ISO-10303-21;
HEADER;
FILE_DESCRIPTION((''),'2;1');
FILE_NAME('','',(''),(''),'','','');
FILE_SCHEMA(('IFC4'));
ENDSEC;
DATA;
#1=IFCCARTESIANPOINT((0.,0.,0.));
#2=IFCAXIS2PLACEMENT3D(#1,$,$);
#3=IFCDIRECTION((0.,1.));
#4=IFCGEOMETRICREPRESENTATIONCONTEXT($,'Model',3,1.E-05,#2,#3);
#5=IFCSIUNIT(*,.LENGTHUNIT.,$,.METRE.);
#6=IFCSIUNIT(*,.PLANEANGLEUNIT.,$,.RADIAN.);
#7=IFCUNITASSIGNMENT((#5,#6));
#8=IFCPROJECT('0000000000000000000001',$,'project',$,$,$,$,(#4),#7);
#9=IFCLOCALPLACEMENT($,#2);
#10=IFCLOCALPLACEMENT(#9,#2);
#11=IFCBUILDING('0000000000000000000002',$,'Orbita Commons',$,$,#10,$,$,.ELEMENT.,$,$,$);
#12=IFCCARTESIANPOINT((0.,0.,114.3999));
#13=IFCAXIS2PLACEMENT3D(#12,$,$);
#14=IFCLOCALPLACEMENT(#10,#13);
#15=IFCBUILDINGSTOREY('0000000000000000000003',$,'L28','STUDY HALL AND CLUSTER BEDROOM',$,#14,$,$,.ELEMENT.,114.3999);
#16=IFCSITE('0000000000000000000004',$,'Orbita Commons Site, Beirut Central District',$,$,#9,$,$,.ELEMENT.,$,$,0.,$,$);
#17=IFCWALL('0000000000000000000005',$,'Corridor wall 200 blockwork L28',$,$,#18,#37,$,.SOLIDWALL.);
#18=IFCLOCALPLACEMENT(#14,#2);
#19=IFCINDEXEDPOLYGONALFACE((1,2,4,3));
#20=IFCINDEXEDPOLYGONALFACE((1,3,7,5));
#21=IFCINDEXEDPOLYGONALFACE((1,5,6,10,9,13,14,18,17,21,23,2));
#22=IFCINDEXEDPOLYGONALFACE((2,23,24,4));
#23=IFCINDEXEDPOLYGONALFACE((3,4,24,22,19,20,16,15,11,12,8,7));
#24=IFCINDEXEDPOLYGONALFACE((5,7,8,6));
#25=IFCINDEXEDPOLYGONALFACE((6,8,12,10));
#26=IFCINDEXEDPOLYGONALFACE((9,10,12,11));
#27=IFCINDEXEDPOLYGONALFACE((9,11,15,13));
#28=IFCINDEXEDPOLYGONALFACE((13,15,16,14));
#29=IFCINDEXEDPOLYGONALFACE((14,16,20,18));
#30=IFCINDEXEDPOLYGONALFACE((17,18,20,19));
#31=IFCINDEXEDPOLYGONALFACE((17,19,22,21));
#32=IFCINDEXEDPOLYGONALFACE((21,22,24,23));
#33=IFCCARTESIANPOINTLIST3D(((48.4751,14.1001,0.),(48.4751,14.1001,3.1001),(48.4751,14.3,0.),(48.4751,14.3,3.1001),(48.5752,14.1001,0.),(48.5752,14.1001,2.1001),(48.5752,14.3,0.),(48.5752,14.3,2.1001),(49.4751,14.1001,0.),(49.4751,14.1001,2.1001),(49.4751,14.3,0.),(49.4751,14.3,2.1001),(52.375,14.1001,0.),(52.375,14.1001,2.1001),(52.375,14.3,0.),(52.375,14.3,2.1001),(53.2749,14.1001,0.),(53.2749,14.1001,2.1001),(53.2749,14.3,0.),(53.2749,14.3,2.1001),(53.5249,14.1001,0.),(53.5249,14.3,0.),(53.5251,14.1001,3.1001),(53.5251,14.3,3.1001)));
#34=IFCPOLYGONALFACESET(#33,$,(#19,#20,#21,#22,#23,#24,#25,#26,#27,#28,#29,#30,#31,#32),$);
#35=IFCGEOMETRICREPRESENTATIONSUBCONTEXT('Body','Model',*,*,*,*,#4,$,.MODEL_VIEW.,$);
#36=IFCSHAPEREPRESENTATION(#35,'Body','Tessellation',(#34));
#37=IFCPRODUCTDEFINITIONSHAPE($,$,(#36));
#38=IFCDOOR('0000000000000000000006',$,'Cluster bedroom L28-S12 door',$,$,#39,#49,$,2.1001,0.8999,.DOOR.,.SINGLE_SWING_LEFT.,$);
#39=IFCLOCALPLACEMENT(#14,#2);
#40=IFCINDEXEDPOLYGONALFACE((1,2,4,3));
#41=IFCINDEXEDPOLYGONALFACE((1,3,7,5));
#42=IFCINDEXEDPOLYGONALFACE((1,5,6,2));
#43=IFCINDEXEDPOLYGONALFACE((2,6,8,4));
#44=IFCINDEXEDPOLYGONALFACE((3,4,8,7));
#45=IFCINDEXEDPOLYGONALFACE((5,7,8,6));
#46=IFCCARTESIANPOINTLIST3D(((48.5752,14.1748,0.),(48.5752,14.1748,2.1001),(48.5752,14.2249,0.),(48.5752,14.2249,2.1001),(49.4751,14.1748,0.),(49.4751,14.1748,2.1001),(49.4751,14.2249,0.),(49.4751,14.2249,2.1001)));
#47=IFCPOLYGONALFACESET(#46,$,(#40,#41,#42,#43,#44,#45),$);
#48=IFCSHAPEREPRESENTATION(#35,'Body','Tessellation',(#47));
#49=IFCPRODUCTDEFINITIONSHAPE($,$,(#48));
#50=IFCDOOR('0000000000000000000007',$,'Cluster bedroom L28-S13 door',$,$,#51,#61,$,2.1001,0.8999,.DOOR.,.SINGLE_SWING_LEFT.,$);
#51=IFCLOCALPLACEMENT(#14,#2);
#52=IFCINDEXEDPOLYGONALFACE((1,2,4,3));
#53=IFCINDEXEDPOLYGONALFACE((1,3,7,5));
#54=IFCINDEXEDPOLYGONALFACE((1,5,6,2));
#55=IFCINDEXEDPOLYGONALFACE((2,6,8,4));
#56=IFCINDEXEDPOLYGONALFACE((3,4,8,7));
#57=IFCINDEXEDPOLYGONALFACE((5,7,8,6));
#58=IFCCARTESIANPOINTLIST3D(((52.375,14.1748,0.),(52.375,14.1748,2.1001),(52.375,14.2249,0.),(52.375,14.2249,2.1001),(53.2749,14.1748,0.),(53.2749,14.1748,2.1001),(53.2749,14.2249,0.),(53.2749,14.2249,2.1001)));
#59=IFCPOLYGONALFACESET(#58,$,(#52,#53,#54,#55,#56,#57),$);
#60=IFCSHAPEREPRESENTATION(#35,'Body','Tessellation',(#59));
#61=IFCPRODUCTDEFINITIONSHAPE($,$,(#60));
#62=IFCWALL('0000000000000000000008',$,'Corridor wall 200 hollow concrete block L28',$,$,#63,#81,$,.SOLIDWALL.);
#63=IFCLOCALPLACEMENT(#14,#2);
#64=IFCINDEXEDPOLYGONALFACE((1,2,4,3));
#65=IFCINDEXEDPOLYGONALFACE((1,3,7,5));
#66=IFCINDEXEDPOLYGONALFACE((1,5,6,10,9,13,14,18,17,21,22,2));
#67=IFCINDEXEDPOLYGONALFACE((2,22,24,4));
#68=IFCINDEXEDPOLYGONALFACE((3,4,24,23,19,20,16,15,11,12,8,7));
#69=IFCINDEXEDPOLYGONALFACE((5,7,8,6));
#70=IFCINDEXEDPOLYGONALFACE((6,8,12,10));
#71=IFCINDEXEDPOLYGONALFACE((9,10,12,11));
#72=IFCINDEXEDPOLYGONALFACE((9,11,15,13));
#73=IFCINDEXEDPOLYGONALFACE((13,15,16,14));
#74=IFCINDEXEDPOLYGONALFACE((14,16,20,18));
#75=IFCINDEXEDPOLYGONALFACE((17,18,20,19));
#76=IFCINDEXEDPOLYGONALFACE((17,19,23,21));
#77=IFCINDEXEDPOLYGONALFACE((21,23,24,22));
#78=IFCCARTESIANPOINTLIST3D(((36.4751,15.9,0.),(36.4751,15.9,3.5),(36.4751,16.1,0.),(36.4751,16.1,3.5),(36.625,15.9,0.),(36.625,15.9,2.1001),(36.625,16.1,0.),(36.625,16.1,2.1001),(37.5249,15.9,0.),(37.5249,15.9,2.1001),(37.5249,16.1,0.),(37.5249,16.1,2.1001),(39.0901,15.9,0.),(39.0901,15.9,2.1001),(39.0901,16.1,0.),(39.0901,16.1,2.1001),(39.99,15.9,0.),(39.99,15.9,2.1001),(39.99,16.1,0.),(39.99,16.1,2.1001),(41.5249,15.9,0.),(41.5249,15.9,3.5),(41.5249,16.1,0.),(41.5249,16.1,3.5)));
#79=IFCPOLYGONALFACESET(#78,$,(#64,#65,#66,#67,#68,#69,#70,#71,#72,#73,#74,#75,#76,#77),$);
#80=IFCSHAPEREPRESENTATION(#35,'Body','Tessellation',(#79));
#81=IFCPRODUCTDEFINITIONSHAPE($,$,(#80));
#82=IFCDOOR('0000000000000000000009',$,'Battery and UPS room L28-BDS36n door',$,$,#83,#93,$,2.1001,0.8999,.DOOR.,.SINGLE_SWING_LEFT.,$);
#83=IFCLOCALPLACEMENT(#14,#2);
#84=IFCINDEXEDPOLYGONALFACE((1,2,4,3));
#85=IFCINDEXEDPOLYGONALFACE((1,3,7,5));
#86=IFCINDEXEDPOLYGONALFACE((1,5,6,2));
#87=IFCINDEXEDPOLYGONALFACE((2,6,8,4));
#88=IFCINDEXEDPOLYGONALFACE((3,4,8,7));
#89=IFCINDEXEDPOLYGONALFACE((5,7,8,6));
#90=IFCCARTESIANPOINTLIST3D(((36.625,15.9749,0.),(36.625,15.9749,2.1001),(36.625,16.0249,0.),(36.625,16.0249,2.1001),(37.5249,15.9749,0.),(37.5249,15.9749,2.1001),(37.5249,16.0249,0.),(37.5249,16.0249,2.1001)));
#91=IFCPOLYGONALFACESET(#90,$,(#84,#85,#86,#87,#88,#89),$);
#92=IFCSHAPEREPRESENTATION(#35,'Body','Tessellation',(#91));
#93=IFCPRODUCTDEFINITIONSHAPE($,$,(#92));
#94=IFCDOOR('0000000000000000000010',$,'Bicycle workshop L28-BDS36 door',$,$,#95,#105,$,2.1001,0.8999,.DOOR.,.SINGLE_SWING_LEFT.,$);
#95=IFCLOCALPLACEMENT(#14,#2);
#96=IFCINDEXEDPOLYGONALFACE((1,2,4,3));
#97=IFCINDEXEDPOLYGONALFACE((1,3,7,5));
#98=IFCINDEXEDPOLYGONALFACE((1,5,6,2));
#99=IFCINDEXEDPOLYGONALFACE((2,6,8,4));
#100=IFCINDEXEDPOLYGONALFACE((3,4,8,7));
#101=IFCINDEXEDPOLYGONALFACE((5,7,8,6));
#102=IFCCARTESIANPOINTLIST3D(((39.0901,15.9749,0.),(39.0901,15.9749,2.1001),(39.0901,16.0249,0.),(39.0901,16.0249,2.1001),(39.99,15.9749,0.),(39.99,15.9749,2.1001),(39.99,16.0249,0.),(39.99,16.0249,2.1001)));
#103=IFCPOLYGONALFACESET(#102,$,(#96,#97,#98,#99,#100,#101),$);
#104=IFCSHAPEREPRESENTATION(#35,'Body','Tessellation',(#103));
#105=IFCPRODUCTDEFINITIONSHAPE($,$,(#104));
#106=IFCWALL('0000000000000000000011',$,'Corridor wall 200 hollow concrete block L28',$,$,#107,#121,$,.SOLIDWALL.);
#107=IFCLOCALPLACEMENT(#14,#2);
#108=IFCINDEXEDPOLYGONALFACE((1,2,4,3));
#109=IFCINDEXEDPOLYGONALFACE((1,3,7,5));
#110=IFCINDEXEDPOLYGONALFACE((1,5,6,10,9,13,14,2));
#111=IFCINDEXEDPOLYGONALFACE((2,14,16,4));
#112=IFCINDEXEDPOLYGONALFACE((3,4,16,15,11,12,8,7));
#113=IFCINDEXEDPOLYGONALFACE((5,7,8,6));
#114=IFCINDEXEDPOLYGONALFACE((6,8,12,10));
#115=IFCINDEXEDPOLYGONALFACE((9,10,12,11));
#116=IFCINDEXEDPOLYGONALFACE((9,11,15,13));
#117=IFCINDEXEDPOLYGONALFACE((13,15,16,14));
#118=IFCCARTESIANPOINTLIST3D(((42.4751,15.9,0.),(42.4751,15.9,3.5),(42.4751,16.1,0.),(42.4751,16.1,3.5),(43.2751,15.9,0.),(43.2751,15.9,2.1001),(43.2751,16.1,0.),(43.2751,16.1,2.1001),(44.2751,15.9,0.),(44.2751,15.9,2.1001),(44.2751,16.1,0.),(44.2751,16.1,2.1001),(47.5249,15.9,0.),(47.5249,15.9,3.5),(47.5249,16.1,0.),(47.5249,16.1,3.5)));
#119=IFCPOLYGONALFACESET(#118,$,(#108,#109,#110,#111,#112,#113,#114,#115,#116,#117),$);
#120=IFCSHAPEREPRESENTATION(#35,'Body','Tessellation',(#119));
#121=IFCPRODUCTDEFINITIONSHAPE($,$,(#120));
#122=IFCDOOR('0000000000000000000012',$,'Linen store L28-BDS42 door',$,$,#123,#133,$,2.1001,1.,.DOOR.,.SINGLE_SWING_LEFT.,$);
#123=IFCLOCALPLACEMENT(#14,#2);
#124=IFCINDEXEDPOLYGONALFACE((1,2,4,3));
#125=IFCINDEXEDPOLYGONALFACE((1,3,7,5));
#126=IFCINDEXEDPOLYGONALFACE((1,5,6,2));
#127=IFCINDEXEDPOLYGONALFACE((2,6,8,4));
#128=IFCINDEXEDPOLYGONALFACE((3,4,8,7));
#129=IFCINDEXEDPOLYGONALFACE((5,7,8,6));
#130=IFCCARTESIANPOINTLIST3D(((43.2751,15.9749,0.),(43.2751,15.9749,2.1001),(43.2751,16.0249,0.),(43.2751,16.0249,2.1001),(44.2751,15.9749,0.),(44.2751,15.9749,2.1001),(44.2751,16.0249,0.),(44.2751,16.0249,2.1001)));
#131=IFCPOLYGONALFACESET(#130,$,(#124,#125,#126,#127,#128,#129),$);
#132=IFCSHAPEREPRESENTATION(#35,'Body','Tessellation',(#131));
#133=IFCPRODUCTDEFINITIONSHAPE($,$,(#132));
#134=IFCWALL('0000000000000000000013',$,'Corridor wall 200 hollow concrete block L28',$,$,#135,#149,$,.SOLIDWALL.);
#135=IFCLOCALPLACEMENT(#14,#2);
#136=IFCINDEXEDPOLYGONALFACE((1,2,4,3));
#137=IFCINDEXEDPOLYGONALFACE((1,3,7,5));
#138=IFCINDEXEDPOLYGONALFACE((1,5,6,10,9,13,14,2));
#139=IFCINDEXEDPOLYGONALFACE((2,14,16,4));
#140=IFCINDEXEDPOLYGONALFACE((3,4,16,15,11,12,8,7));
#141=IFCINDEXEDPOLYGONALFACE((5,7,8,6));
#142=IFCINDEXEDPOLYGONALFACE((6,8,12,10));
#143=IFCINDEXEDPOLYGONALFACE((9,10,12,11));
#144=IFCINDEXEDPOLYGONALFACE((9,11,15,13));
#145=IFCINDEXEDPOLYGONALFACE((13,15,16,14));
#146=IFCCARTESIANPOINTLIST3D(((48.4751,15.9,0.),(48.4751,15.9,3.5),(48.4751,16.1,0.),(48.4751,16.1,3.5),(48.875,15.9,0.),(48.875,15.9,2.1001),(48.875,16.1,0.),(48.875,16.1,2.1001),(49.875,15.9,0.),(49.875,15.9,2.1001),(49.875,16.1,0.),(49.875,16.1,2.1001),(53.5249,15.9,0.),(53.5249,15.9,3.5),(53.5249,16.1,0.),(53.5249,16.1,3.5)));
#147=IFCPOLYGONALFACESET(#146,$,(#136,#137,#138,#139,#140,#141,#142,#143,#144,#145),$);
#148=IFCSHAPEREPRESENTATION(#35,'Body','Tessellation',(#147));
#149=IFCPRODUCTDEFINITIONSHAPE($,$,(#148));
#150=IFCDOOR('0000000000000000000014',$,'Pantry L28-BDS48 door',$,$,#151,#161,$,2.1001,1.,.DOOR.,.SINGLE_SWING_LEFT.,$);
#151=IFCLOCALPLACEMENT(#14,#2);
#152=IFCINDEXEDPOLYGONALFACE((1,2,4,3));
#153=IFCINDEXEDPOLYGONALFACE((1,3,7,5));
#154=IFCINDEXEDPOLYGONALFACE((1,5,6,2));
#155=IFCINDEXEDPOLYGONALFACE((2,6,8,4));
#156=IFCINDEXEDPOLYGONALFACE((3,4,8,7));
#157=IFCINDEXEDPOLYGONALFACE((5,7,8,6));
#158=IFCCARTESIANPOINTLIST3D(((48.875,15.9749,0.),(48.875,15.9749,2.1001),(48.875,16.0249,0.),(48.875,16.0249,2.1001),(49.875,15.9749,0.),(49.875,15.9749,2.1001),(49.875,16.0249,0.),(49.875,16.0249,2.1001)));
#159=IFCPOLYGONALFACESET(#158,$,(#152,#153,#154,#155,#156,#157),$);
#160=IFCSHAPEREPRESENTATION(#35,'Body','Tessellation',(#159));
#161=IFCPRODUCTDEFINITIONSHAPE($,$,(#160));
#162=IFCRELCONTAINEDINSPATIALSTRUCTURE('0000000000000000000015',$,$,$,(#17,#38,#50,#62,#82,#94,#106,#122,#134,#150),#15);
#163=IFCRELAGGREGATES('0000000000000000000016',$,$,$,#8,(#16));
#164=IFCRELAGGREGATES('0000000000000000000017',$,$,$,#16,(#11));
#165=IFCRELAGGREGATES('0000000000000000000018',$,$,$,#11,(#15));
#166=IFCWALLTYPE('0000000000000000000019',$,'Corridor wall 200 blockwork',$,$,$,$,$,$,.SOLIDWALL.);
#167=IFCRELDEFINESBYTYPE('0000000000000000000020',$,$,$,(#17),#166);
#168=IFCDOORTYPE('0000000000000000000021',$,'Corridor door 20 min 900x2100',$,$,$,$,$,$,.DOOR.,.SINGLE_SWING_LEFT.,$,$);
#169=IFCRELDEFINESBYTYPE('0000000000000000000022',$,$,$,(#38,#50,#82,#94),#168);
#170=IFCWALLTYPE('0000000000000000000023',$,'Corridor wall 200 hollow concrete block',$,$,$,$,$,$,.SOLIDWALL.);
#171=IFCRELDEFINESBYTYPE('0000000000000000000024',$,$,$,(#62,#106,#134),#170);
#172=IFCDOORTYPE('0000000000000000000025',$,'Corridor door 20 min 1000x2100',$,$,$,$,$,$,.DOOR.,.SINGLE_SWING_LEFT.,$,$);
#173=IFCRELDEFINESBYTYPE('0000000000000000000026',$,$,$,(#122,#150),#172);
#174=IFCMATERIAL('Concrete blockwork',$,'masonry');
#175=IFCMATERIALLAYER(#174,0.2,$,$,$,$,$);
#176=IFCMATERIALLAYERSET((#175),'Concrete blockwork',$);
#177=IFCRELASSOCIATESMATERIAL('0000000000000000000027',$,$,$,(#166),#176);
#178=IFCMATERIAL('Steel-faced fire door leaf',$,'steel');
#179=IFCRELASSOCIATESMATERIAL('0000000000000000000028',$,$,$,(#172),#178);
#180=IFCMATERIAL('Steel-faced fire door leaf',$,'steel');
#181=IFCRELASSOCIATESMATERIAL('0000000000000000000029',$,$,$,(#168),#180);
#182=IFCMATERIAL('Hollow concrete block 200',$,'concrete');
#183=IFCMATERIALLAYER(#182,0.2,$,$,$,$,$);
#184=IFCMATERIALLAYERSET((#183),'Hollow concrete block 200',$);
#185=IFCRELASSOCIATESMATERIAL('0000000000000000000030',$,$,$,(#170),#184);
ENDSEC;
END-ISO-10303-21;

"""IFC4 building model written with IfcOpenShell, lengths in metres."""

from ifc_helpers import new_model, si_unit, direction, frame, frame_2d, origin, place, context, subcontext, project, spatial, polyline, rectangle, outline, extrude, material, layer, layer_set, type_object, element, fill, save


model = new_model("IFC4")

# Units and contexts
model_context = context("Model", 3, precision=1e-05, world=origin(), true_north=direction((0.0, 1.0)))
body_context = subcontext(model_context, "Body", "Model", "MODEL_VIEW")
ifc_project = project(units=[si_unit("LENGTHUNIT", "METRE"), si_unit("PLANEANGLEUNIT", "RADIAN")], contexts=[model_context])

# Site, building, storey
site_placement = place(None, origin())
site = spatial("IfcSite", under=ifc_project, at=site_placement, Name="Orbita Commons Site, Beirut Central District", CompositionType="ELEMENT", RefElevation=0.0)
building_placement = place(site_placement, origin())
building = spatial("IfcBuilding", under=site, at=building_placement, Name="Orbita Commons", CompositionType="ELEMENT")
storey_placement = place(building_placement, frame((0.0, 0.0, 114.3999)))
storey = spatial("IfcBuildingStorey", under=building, at=storey_placement, Name="L28", Description="STUDY HALL AND CLUSTER BEDROOM", CompositionType="ELEMENT", Elevation=114.3999)

# Shared definitions
ifc_material_1 = material(Name="Concrete blockwork", Category="masonry")
ifc_layer_1 = layer(ifc_material_1, 0.2)
ifc_layer_set_1 = layer_set([ifc_layer_1], Name="Concrete blockwork")
wall_type_1 = type_object("IfcWallType", Name="Corridor wall 200 blockwork", PredefinedType="SOLIDWALL", material=ifc_layer_set_1)
ifc_material_2 = material(Name="Steel-faced fire door leaf", Category="steel")
door_type_1 = type_object("IfcDoorType", Name="Corridor door 20 min 1000x2100", OperationType="SINGLE_SWING_LEFT", PredefinedType="DOOR", material=ifc_material_2)

# Walls, openings, doors
wall_1_placement = place(storey_placement, frame((48.4751, 14.2, 0.0), z_axis=(0.0, 0.0, 1.0), x_axis=(1.0, 0.0, 0.0)))
wall_1 = element("IfcWall", 1, at=wall_1_placement, inside=storey, type_object=wall_type_1, Name="Corridor wall 200 blockwork L28", PredefinedType="SOLIDWALL", context=body_context, shape_type="SweptSolid", body=[
    extrude(outline(polyline([(0.0, 0.0), (5.0498, 0.0), (5.05, 3.1001), (0.0, 3.1001), (0.0, 0.0)])), frame((0.0, 0.1001, 0.0), z_axis=(0.0, -1.0, 0.0), x_axis=(1.0, 0.0, 0.0)), (0.0, 0.0, 1.0), 0.2),
])
opening_1_placement = place(wall_1_placement, frame((0.1001, 0.0, 0.0)))
opening_1 = element("IfcOpeningElement", 2, at=opening_1_placement, cuts=wall_1, PredefinedType="OPENING", context=body_context, shape_type="SweptSolid", body=[
    extrude(rectangle(XDim=0.8999, YDim=2.1001, at=frame_2d((0.45, 1.05))), frame((0.0, 0.1099, 0.0), z_axis=(0.0, -1.0, 0.0), x_axis=(1.0, 0.0, 0.0)), (0.0, 0.0, 1.0), 0.22),
])
opening_2_placement = place(wall_1_placement, frame((3.8999, 0.0, 0.0)))
opening_2 = element("IfcOpeningElement", 3, at=opening_2_placement, cuts=wall_1, PredefinedType="OPENING", context=body_context, shape_type="SweptSolid", body=[
    extrude(rectangle(XDim=0.8999, YDim=2.1001, at=frame_2d((0.45, 1.05))), frame((0.0, 0.1099, 0.0), z_axis=(0.0, -1.0, 0.0), x_axis=(1.0, 0.0, 0.0)), (0.0, 0.0, 1.0), 0.22),
])
ifc_material_3 = material(Name="Steel-faced fire door leaf", Category="steel")
door_type_2 = type_object("IfcDoorType", Name="Corridor door 20 min 900x2100", OperationType="SINGLE_SWING_LEFT", PredefinedType="DOOR", material=ifc_material_3)
door_1_placement = place(opening_1_placement, origin())
door_1 = element("IfcDoor", 4, at=door_1_placement, inside=storey, type_object=door_type_2, Name="Cluster bedroom L28-S12 door", OperationType="SINGLE_SWING_LEFT", OverallHeight=2.1001, OverallWidth=0.8999, PredefinedType="DOOR", context=body_context, shape_type="SweptSolid", body=[
    extrude(rectangle(XDim=0.8999, YDim=2.1001, at=frame_2d((0.45, 1.05))), frame((0.0, 0.0249, 0.0), z_axis=(0.0, -1.0, 0.0), x_axis=(1.0, 0.0, 0.0)), (0.0, 0.0, 1.0), 0.05),
])
fill(opening_1, door_1)
door_2_placement = place(opening_2_placement, origin())
door_2 = element("IfcDoor", 5, at=door_2_placement, inside=storey, type_object=door_type_2, Name="Cluster bedroom L28-S13 door", OperationType="SINGLE_SWING_LEFT", OverallHeight=2.1001, OverallWidth=0.8999, PredefinedType="DOOR", context=body_context, shape_type="SweptSolid", body=[
    extrude(rectangle(XDim=0.8999, YDim=2.1001, at=frame_2d((0.45, 1.05))), frame((0.0, 0.0249, 0.0), z_axis=(0.0, -1.0, 0.0), x_axis=(1.0, 0.0, 0.0)), (0.0, 0.0, 1.0), 0.05),
])
fill(opening_2, door_2)
ifc_material_4 = material(Name="Hollow concrete block 200", Category="concrete")
ifc_layer_2 = layer(ifc_material_4, 0.2)
ifc_layer_set_2 = layer_set([ifc_layer_2], Name="Hollow concrete block 200")
wall_type_2 = type_object("IfcWallType", Name="Corridor wall 200 hollow concrete block", PredefinedType="SOLIDWALL", material=ifc_layer_set_2)
wall_2_placement = place(storey_placement, frame((36.4751, 16.0, 0.0), z_axis=(0.0, 0.0, 1.0), x_axis=(1.0, 0.0, 0.0)))
wall_2 = element("IfcWall", 6, at=wall_2_placement, inside=storey, type_object=wall_type_2, Name="Corridor wall 200 hollow concrete block L28", PredefinedType="SOLIDWALL", context=body_context, shape_type="SweptSolid", body=[
    extrude(rectangle(XDim=5.0498, YDim=0.2, at=frame_2d((2.5249, 0.0))), origin(), (0.0, 0.0, 1.0), 3.5),
])
opening_3_placement = place(wall_2_placement, frame((0.1499, 0.0, 0.0)))
opening_3 = element("IfcOpeningElement", 7, at=opening_3_placement, cuts=wall_2, PredefinedType="OPENING", context=body_context, shape_type="SweptSolid", body=[
    extrude(rectangle(XDim=0.8999, YDim=2.1001, at=frame_2d((0.45, 1.05))), frame((0.0, 0.1099, 0.0), z_axis=(0.0, -1.0, 0.0), x_axis=(1.0, 0.0, 0.0)), (0.0, 0.0, 1.0), 0.22),
])
opening_4_placement = place(wall_2_placement, frame((2.615, 0.0, 0.0)))
opening_4 = element("IfcOpeningElement", 8, at=opening_4_placement, cuts=wall_2, PredefinedType="OPENING", context=body_context, shape_type="SweptSolid", body=[
    extrude(rectangle(XDim=0.8999, YDim=2.1001, at=frame_2d((0.45, 1.05))), frame((0.0, 0.1099, 0.0), z_axis=(0.0, -1.0, 0.0), x_axis=(1.0, 0.0, 0.0)), (0.0, 0.0, 1.0), 0.22),
])
door_3_placement = place(opening_3_placement, origin())
door_3 = element("IfcDoor", 9, at=door_3_placement, inside=storey, type_object=door_type_2, Name="Battery and UPS room L28-BDS36n door", OperationType="SINGLE_SWING_LEFT", OverallHeight=2.1001, OverallWidth=0.8999, PredefinedType="DOOR", context=body_context, shape_type="SweptSolid", body=[
    extrude(rectangle(XDim=0.8999, YDim=2.1001, at=frame_2d((0.45, 1.05))), frame((0.0, 0.0249, 0.0), z_axis=(0.0, -1.0, 0.0), x_axis=(1.0, 0.0, 0.0)), (0.0, 0.0, 1.0), 0.05),
])
fill(opening_3, door_3)
door_4_placement = place(opening_4_placement, origin())
door_4 = element("IfcDoor", 10, at=door_4_placement, inside=storey, type_object=door_type_2, Name="Bicycle workshop L28-BDS36 door", OperationType="SINGLE_SWING_LEFT", OverallHeight=2.1001, OverallWidth=0.8999, PredefinedType="DOOR", context=body_context, shape_type="SweptSolid", body=[
    extrude(rectangle(XDim=0.8999, YDim=2.1001, at=frame_2d((0.45, 1.05))), frame((0.0, 0.0249, 0.0), z_axis=(0.0, -1.0, 0.0), x_axis=(1.0, 0.0, 0.0)), (0.0, 0.0, 1.0), 0.05),
])
fill(opening_4, door_4)

# Walls, openings, doors
wall_3_placement = place(storey_placement, frame((42.4751, 16.0, 0.0), z_axis=(0.0, 0.0, 1.0), x_axis=(1.0, 0.0, 0.0)))
wall_3 = element("IfcWall", 11, at=wall_3_placement, inside=storey, type_object=wall_type_2, Name="Corridor wall 200 hollow concrete block L28", PredefinedType="SOLIDWALL", context=body_context, shape_type="SweptSolid", body=[
    extrude(rectangle(XDim=5.0498, YDim=0.2, at=frame_2d((2.5249, 0.0))), origin(), (0.0, 0.0, 1.0), 3.5),
])
opening_5_placement = place(wall_3_placement, frame((0.8, 0.0, 0.0)))
opening_5 = element("IfcOpeningElement", 12, at=opening_5_placement, cuts=wall_3, PredefinedType="OPENING", context=body_context, shape_type="SweptSolid", body=[
    extrude(rectangle(XDim=1.0, YDim=2.1001, at=frame_2d((0.5, 1.05))), frame((0.0, 0.1099, 0.0), z_axis=(0.0, -1.0, 0.0), x_axis=(1.0, 0.0, 0.0)), (0.0, 0.0, 1.0), 0.22),
])
door_5_placement = place(opening_5_placement, origin())
door_5 = element("IfcDoor", 13, at=door_5_placement, inside=storey, type_object=door_type_1, Name="Linen store L28-BDS42 door", OperationType="SINGLE_SWING_LEFT", OverallHeight=2.1001, OverallWidth=1.0, PredefinedType="DOOR", context=body_context, shape_type="SweptSolid", body=[
    extrude(rectangle(XDim=1.0, YDim=2.1001, at=frame_2d((0.5, 1.05))), frame((0.0, 0.0249, 0.0), z_axis=(0.0, -1.0, 0.0), x_axis=(1.0, 0.0, 0.0)), (0.0, 0.0, 1.0), 0.05),
])
fill(opening_5, door_5)
wall_4_placement = place(storey_placement, frame((48.4751, 16.0, 0.0), z_axis=(0.0, 0.0, 1.0), x_axis=(1.0, 0.0, 0.0)))
wall_4 = element("IfcWall", 14, at=wall_4_placement, inside=storey, type_object=wall_type_2, Name="Corridor wall 200 hollow concrete block L28", PredefinedType="SOLIDWALL", context=body_context, shape_type="SweptSolid", body=[
    extrude(rectangle(XDim=5.0498, YDim=0.2, at=frame_2d((2.5249, 0.0))), origin(), (0.0, 0.0, 1.0), 3.5),
])
opening_6_placement = place(wall_4_placement, frame((0.3999, 0.0, 0.0)))
opening_6 = element("IfcOpeningElement", 15, at=opening_6_placement, cuts=wall_4, PredefinedType="OPENING", context=body_context, shape_type="SweptSolid", body=[
    extrude(rectangle(XDim=1.0, YDim=2.1001, at=frame_2d((0.5, 1.05))), frame((0.0, 0.1099, 0.0), z_axis=(0.0, -1.0, 0.0), x_axis=(1.0, 0.0, 0.0)), (0.0, 0.0, 1.0), 0.22),
])
door_6_placement = place(opening_6_placement, origin())
door_6 = element("IfcDoor", 16, at=door_6_placement, inside=storey, type_object=door_type_1, Name="Pantry L28-BDS48 door", OperationType="SINGLE_SWING_LEFT", OverallHeight=2.1001, OverallWidth=1.0, PredefinedType="DOOR", context=body_context, shape_type="SweptSolid", body=[
    extrude(rectangle(XDim=1.0, YDim=2.1001, at=frame_2d((0.5, 1.05))), frame((0.0, 0.0249, 0.0), z_axis=(0.0, -1.0, 0.0), x_axis=(1.0, 0.0, 0.0)), (0.0, 0.0, 1.0), 0.05),
])
fill(opening_6, door_6)

save(model, "model.ifc")
